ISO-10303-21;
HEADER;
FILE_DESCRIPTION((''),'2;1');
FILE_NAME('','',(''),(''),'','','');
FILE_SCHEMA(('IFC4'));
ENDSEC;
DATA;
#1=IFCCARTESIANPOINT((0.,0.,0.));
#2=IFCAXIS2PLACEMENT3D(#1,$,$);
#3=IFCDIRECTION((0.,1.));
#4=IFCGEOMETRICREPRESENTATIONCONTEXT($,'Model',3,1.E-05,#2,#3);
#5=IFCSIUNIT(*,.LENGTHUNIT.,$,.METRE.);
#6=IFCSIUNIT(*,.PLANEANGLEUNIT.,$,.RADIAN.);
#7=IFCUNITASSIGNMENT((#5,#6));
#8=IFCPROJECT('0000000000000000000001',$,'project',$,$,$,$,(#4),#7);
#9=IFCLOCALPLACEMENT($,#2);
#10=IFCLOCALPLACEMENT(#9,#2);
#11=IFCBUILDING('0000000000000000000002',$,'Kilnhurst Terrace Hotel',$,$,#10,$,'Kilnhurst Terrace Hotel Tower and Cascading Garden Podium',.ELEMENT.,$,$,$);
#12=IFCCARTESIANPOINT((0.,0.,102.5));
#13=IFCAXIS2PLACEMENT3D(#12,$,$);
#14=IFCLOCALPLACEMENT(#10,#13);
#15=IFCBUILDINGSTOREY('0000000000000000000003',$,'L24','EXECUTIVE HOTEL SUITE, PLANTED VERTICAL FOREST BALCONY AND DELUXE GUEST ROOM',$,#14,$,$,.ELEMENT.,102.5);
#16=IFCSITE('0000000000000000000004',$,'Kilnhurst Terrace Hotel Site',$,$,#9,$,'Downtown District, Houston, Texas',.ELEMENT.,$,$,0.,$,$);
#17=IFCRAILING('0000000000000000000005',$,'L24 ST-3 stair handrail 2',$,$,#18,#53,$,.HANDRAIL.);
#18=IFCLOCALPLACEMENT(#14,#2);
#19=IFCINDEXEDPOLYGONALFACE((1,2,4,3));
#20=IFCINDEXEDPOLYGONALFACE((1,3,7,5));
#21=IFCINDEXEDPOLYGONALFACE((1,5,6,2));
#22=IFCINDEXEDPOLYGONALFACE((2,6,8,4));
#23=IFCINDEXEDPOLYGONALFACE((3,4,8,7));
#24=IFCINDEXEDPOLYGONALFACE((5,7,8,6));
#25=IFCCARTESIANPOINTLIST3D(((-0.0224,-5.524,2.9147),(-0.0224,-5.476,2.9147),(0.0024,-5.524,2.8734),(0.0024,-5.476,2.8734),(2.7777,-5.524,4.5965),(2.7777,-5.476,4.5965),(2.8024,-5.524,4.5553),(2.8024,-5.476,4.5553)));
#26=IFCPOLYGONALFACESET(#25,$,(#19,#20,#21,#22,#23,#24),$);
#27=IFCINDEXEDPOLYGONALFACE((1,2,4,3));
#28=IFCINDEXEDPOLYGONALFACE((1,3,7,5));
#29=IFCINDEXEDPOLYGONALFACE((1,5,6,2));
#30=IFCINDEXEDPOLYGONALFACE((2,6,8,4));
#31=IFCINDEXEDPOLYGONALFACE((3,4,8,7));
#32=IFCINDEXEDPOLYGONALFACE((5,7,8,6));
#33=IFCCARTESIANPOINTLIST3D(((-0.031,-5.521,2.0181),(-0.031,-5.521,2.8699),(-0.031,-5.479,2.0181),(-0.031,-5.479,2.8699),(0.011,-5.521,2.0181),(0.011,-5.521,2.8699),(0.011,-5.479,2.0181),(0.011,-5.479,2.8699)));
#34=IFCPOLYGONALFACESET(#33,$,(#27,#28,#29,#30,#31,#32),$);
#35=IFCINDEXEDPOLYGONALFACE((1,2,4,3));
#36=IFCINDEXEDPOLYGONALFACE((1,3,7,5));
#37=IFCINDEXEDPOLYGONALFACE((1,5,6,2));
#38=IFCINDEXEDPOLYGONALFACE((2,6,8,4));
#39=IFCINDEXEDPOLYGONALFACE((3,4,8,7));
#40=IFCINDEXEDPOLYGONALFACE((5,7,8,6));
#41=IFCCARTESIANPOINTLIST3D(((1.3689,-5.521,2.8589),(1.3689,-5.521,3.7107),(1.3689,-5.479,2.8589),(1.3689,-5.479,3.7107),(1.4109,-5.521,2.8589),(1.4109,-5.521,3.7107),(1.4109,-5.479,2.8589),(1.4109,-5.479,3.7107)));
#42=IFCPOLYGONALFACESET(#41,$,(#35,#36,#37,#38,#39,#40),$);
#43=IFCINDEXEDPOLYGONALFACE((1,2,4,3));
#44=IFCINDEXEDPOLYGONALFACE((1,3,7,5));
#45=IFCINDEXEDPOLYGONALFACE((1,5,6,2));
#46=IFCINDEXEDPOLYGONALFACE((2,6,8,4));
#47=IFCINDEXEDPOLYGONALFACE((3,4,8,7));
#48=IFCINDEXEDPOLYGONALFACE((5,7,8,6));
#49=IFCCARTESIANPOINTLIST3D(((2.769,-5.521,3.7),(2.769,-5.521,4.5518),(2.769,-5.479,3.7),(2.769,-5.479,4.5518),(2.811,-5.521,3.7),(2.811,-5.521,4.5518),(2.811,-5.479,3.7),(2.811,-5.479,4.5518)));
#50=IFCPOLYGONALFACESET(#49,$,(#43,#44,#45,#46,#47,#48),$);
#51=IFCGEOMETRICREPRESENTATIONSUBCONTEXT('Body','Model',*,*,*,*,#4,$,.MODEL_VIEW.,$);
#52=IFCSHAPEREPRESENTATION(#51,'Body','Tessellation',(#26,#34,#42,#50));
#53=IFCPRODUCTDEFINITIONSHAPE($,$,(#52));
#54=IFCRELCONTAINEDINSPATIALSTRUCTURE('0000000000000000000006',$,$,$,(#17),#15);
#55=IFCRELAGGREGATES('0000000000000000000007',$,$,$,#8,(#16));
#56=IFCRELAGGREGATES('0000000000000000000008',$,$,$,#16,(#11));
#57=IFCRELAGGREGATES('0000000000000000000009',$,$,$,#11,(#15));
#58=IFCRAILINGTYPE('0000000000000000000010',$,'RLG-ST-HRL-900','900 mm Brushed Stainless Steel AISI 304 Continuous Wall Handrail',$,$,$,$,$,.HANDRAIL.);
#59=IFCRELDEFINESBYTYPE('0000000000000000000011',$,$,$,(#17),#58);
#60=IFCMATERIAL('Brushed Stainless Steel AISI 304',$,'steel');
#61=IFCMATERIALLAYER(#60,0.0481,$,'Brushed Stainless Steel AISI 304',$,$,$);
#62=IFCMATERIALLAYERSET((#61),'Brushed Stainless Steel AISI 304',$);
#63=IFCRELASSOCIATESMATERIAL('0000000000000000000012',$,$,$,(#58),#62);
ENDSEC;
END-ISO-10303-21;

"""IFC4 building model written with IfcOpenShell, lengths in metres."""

from ifc_helpers import new_model, si_unit, direction, frame, origin, origin_2d, place, context, subcontext, project, spatial, rectangle, extrude, material, layer, layer_set, type_object, element, save


model = new_model("IFC4")

# Units and contexts
model_context = context("Model", 3, precision=1e-05, world=origin(), true_north=direction((0.0, 1.0)))
body_context = subcontext(model_context, "Body", "Model", "MODEL_VIEW")
ifc_project = project(units=[si_unit("LENGTHUNIT", "METRE"), si_unit("PLANEANGLEUNIT", "RADIAN")], contexts=[model_context])

# Site, building, storey
site_placement = place(None, origin())
site = spatial("IfcSite", under=ifc_project, at=site_placement, Name="Kilnhurst Terrace Hotel Site", LongName="Downtown District, Houston, Texas", CompositionType="ELEMENT", RefElevation=0.0)
building_placement = place(site_placement, origin())
building = spatial("IfcBuilding", under=site, at=building_placement, Name="Kilnhurst Terrace Hotel", LongName="Kilnhurst Terrace Hotel Tower and Cascading Garden Podium", CompositionType="ELEMENT")
storey_placement = place(building_placement, frame((0.0, 0.0, 102.5)))
storey = spatial("IfcBuildingStorey", under=building, at=storey_placement, Name="L24", Description="EXECUTIVE HOTEL SUITE, PLANTED VERTICAL FOREST BALCONY AND DELUXE GUEST ROOM", CompositionType="ELEMENT", Elevation=102.5)

# Railing
ifc_material_1 = material(Name="Brushed Stainless Steel AISI 304", Category="steel")
ifc_layer_1 = layer(ifc_material_1, 0.0481, Name="Brushed Stainless Steel AISI 304")
ifc_layer_set_1 = layer_set([ifc_layer_1], Name="Brushed Stainless Steel AISI 304")
railing_type_1 = type_object("IfcRailingType", Name="RLG-ST-HRL-900", Description="900 mm Brushed Stainless Steel AISI 304 Continuous Wall Handrail", PredefinedType="HANDRAIL", material=ifc_layer_set_1)
railing_1_placement = place(storey_placement, frame((-0.01, -5.5, 2.0181)))
element("IfcRailing", 1, at=railing_1_placement, inside=storey, type_object=railing_type_1, Name="L24 ST-3 stair handrail 2", PredefinedType="HANDRAIL", context=body_context, shape_type="SweptSolid", body=[
    extrude(rectangle(XDim=0.0481, YDim=0.0481, at=origin_2d()), frame((0.0, 0.0, 0.876), z_axis=(0.857242, 0.0, 0.514913), x_axis=(0.0, 1.0, 0.0)), (0.0, 0.0, 1.0), 3.2664),
    extrude(rectangle(XDim=0.042, YDim=0.042, at=origin_2d()), origin(), (0.0, 0.0, 1.0), 0.8518),
    extrude(rectangle(XDim=0.042, YDim=0.042, at=origin_2d()), frame((1.3999, 0.0, 0.8408)), (0.0, 0.0, 1.0), 0.8518),
    extrude(rectangle(XDim=0.042, YDim=0.042, at=origin_2d()), frame((2.8, 0.0, 1.6819)), (0.0, 0.0, 1.0), 0.8518),
])

save(model, "model.ifc")
